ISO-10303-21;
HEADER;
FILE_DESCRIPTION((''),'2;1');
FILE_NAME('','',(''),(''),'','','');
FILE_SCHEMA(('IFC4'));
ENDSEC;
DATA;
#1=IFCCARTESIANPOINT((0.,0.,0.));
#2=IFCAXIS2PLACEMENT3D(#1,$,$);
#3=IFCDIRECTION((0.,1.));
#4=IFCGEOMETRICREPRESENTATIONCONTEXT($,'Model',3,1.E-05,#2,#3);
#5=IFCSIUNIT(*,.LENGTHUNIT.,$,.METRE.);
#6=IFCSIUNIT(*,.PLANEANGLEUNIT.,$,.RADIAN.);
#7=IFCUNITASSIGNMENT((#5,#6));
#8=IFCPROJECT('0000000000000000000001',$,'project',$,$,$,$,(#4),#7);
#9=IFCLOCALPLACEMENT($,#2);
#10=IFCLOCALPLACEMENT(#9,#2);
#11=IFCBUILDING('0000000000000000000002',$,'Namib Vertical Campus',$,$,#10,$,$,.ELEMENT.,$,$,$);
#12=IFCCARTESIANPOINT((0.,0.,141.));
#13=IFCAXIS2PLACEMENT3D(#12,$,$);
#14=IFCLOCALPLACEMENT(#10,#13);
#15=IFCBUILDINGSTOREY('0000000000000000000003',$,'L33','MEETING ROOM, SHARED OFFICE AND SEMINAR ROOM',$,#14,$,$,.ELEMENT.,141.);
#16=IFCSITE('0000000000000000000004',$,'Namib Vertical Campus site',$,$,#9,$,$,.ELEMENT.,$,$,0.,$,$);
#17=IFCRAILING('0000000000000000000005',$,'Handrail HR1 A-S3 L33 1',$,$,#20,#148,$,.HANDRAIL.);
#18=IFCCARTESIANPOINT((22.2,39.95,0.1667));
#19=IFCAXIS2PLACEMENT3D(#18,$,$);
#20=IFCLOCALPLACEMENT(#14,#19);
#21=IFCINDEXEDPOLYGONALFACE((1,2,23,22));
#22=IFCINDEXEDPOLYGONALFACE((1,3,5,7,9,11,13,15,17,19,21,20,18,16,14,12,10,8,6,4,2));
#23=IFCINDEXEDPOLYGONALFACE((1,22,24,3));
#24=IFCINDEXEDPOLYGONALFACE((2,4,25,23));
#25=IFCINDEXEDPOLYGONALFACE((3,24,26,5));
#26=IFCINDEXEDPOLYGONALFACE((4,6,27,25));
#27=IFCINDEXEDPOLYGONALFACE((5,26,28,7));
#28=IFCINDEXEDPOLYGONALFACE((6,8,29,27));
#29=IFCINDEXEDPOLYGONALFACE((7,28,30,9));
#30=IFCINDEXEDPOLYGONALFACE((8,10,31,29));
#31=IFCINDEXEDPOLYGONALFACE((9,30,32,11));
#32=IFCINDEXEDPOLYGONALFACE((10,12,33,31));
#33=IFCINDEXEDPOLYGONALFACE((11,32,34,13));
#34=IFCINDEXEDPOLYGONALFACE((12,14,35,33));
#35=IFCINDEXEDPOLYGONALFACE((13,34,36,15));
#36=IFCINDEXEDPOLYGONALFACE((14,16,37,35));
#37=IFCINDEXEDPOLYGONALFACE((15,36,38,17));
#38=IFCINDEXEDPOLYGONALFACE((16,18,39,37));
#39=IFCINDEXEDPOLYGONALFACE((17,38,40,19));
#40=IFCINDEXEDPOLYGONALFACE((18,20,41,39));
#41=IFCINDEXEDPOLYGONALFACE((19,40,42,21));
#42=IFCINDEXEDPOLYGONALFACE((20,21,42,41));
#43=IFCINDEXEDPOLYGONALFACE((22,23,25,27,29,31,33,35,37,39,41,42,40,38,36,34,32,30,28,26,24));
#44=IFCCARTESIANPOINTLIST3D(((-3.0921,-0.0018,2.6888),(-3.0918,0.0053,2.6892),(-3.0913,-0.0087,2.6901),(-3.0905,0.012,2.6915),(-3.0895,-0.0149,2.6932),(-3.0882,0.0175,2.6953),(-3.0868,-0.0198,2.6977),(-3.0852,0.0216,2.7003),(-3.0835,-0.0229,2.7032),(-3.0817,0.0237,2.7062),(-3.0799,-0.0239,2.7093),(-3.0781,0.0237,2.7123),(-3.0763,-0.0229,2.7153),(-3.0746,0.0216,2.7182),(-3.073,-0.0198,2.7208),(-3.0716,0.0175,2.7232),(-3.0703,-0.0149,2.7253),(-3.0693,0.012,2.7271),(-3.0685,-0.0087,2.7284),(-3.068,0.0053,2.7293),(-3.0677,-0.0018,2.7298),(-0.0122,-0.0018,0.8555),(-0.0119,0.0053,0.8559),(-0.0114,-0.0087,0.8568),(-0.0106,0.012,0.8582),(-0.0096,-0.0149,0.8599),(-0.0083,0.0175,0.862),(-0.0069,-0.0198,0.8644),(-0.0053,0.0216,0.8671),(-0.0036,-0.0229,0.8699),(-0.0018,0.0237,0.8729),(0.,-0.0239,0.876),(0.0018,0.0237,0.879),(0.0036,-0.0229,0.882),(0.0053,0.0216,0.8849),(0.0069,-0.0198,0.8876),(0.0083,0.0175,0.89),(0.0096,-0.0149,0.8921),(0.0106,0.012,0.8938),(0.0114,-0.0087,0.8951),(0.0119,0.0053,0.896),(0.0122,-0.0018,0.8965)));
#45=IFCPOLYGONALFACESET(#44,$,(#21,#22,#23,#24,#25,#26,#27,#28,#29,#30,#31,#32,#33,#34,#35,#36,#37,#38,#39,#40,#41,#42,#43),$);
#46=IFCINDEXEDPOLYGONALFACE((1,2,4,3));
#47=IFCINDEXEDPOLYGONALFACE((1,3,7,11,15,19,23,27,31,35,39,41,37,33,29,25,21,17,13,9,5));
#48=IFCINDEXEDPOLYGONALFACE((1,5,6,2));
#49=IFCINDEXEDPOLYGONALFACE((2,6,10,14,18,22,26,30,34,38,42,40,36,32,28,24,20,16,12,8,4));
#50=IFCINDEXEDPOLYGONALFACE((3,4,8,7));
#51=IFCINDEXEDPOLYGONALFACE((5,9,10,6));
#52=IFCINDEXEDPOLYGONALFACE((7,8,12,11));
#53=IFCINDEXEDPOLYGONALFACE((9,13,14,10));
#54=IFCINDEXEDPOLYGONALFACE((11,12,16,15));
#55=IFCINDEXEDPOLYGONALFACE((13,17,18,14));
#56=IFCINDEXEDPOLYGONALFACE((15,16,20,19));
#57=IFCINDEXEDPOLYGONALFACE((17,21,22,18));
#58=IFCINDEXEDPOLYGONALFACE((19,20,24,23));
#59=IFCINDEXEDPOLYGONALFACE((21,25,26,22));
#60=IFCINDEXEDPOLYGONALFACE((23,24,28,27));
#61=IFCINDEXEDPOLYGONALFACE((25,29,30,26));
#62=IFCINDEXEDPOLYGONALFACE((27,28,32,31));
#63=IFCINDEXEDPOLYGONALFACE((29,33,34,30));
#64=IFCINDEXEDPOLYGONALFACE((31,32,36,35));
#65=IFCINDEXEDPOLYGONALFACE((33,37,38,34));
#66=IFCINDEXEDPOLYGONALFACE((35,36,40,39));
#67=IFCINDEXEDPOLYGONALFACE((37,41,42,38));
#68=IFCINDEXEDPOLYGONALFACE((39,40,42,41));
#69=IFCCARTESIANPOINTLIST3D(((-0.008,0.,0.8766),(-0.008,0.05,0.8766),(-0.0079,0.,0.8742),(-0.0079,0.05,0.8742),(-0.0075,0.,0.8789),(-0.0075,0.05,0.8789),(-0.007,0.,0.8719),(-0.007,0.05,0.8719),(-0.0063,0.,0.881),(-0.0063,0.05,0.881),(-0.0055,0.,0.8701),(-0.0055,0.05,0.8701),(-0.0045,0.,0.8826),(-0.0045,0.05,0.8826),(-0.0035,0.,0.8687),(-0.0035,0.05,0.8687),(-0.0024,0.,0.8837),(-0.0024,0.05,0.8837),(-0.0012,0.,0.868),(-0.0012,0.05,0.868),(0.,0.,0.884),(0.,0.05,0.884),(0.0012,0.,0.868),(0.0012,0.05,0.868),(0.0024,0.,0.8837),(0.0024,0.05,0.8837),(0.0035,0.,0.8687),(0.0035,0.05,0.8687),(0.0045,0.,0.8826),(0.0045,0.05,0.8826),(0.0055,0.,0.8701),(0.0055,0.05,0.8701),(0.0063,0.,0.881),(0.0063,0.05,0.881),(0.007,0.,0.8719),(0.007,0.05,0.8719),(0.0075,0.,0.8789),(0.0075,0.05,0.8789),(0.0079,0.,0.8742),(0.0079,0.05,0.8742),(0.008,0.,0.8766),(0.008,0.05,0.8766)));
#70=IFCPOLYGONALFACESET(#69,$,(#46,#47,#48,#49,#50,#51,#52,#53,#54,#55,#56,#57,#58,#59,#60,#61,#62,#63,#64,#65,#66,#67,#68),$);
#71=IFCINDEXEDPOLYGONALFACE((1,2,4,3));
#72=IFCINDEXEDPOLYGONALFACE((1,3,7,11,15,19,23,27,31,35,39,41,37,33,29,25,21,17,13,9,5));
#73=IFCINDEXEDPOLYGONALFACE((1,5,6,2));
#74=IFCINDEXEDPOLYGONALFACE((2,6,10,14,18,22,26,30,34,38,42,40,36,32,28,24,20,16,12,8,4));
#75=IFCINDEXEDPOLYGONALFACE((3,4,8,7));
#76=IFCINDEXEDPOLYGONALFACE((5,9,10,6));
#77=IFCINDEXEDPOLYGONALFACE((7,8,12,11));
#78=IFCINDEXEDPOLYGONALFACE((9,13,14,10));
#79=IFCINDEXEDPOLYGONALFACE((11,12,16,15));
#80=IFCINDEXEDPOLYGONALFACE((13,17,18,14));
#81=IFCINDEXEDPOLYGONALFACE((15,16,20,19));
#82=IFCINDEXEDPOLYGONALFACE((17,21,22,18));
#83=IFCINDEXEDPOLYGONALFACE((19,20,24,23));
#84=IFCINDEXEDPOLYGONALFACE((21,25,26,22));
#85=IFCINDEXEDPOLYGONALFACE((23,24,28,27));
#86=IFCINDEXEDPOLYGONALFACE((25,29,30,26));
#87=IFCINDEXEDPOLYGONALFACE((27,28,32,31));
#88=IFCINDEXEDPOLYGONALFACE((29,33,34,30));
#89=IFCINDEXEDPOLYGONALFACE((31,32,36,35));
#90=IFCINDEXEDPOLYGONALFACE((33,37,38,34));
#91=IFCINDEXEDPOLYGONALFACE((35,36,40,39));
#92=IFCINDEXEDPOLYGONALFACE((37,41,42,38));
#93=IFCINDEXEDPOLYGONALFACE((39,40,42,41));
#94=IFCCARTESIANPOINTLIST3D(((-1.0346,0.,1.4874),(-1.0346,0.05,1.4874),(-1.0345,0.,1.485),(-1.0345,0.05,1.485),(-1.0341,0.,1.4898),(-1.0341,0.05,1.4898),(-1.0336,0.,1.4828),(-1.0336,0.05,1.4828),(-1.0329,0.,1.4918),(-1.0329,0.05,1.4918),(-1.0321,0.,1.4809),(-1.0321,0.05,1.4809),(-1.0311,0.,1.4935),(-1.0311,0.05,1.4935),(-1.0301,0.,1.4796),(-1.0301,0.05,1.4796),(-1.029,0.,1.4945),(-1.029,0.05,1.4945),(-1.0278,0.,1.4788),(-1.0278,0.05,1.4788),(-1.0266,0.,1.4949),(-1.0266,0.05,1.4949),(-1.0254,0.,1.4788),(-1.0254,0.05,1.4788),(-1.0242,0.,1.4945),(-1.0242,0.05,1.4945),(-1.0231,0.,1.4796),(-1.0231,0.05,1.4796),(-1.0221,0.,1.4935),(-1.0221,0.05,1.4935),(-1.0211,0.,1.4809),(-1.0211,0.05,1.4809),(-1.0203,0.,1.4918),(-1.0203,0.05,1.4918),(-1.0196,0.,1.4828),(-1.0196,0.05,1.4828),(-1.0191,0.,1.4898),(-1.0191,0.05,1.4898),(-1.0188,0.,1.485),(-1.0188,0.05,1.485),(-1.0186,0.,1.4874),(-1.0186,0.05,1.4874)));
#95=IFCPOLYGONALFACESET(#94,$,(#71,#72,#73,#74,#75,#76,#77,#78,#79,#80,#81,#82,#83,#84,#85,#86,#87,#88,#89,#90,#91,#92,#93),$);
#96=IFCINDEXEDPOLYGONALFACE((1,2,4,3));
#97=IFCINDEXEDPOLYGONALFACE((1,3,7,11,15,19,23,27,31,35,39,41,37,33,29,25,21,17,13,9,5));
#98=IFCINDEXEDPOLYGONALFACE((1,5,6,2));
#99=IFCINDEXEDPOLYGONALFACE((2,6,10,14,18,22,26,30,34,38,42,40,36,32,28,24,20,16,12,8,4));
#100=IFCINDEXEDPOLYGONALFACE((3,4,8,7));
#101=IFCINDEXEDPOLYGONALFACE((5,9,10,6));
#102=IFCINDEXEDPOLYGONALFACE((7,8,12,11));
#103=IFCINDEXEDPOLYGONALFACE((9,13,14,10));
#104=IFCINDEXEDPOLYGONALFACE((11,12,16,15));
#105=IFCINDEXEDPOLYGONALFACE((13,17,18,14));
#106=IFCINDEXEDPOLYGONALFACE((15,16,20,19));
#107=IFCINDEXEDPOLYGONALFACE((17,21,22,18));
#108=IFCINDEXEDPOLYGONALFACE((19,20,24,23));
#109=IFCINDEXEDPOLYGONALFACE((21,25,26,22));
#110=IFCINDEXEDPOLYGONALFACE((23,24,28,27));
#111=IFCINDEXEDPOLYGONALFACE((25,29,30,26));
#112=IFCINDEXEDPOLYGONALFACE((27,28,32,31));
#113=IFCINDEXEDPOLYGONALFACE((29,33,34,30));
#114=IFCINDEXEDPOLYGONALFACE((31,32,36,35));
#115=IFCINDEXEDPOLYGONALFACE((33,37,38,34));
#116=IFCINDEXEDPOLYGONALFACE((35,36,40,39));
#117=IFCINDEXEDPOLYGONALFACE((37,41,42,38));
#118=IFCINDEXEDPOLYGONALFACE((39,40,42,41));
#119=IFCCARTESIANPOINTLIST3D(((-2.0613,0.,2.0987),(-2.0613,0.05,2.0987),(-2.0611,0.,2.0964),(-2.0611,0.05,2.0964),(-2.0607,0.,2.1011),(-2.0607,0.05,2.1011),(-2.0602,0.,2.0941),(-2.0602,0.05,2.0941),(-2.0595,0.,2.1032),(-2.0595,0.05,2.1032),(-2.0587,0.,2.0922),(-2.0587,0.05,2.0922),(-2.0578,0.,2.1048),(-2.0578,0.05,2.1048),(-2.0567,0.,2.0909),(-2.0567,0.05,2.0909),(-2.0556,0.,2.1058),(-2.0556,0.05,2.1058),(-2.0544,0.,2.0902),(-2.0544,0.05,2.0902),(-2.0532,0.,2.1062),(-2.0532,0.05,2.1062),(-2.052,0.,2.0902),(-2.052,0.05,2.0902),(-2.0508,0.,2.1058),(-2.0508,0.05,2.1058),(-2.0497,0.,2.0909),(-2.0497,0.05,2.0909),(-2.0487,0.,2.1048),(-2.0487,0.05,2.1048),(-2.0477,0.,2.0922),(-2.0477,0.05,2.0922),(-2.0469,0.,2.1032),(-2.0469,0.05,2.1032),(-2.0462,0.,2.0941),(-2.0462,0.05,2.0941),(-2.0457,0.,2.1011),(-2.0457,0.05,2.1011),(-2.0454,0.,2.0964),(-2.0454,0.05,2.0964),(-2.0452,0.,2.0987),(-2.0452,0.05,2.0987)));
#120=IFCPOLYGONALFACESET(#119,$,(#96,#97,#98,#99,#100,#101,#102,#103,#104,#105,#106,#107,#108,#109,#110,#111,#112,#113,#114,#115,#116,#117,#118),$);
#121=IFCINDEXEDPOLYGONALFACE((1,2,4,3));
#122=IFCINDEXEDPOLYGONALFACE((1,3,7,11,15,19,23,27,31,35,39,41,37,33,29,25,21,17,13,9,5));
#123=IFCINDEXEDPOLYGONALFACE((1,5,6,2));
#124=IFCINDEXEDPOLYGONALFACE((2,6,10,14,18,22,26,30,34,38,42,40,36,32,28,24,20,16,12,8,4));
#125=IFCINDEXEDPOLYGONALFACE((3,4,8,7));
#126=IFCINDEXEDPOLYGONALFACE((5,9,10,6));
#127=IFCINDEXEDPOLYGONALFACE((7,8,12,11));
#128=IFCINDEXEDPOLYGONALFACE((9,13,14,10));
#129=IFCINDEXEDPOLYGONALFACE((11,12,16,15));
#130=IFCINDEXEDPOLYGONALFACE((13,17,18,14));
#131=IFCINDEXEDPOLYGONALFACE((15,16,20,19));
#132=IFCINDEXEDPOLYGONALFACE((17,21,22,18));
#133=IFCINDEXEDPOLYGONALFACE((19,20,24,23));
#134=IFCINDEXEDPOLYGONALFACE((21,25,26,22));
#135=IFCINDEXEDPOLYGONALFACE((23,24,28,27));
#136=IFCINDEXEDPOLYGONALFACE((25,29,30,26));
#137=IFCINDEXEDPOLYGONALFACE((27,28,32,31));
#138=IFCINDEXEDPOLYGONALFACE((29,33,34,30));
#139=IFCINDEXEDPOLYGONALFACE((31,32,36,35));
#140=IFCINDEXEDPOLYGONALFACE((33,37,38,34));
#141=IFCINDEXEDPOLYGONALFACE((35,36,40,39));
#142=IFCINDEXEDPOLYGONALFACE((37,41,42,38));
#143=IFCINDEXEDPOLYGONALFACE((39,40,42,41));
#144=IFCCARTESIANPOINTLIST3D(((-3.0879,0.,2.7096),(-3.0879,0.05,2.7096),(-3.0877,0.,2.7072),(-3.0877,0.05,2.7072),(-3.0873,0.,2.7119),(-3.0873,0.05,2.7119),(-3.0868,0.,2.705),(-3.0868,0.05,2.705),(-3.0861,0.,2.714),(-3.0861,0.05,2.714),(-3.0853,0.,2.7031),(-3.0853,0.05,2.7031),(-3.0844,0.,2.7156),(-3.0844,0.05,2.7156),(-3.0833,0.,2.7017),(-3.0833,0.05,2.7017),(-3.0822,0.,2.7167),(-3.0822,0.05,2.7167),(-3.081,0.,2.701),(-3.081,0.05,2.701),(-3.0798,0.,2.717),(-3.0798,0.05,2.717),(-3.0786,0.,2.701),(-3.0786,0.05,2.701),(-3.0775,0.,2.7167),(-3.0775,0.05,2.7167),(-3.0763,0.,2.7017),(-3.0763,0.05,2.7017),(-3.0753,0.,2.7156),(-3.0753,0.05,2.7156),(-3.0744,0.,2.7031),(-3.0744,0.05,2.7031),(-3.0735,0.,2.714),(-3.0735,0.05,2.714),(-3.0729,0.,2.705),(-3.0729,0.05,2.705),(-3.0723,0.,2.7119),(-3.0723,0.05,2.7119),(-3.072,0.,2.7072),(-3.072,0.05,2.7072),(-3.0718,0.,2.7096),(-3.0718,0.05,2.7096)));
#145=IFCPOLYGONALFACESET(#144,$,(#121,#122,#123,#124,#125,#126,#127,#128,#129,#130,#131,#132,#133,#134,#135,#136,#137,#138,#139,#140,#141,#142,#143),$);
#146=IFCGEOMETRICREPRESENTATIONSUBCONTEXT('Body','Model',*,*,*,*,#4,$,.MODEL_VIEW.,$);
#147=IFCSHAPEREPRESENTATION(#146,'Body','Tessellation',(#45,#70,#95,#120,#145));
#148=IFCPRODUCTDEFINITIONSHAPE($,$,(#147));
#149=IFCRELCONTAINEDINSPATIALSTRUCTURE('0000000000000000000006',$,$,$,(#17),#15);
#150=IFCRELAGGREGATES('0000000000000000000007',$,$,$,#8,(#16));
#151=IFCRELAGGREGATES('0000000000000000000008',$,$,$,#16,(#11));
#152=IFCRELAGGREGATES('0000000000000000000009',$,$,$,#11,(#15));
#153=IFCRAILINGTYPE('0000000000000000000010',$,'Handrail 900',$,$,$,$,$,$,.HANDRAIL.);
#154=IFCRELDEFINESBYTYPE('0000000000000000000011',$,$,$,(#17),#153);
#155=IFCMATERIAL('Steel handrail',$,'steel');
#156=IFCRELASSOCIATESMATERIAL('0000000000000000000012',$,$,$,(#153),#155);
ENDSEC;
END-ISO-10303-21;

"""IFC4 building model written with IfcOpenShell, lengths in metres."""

from ifc_helpers import new_model, si_unit, direction, frame, origin, origin_2d, place, context, subcontext, project, spatial, circle, extrude, material, type_object, element, save


model = new_model("IFC4")

# Units and contexts
model_context = context("Model", 3, precision=1e-05, world=origin(), true_north=direction((0.0, 1.0)))
body_context = subcontext(model_context, "Body", "Model", "MODEL_VIEW")
ifc_project = project(units=[si_unit("LENGTHUNIT", "METRE"), si_unit("PLANEANGLEUNIT", "RADIAN")], contexts=[model_context])

# Site, building, storey
site_placement = place(None, origin())
site = spatial("IfcSite", under=ifc_project, at=site_placement, Name="Namib Vertical Campus site", CompositionType="ELEMENT", RefElevation=0.0)
building_placement = place(site_placement, origin())
building = spatial("IfcBuilding", under=site, at=building_placement, Name="Namib Vertical Campus", CompositionType="ELEMENT")
storey_placement = place(building_placement, frame((0.0, 0.0, 141.0)))
storey = spatial("IfcBuildingStorey", under=building, at=storey_placement, Name="L33", Description="MEETING ROOM, SHARED OFFICE AND SEMINAR ROOM", CompositionType="ELEMENT", Elevation=141.0)

# Railing
ifc_material_1 = material(Name="Steel handrail", Category="steel")
railing_type_1 = type_object("IfcRailingType", Name="Handrail 900", PredefinedType="HANDRAIL", material=ifc_material_1)
railing_1_placement = place(storey_placement, frame((22.2, 39.95, 0.1667)))
element("IfcRailing", 1, at=railing_1_placement, inside=storey, type_object=railing_type_1, Name="Handrail HR1 A-S3 L33 1", PredefinedType="HANDRAIL", context=body_context, shape_type="SweptSolid", body=[
    extrude(circle(Radius=0.0239, at=origin_2d()), frame((0.0, 0.0, 0.876), z_axis=(-0.859291, 0.0, 0.511487), x_axis=(0.0, -1.0, 0.0)), (0.0, 0.0, 1.0), 3.5842),
    extrude(circle(Radius=0.0081, at=origin_2d()), frame((0.0, 0.0, 0.876), z_axis=(0.0, 1.0, 0.0), x_axis=(0.0, 0.0, 1.0)), (0.0, 0.0, 1.0), 0.05),
    extrude(circle(Radius=0.0081, at=origin_2d()), frame((-1.0266, 0.0, 1.4868), z_axis=(0.0, 1.0, 0.0), x_axis=(0.0, 0.0, 1.0)), (0.0, 0.0, 1.0), 0.05),
    extrude(circle(Radius=0.0081, at=origin_2d()), frame((-2.0532, 0.0, 2.0981), z_axis=(0.0, 1.0, 0.0), x_axis=(0.0, 0.0, 1.0)), (0.0, 0.0, 1.0), 0.05),
    extrude(circle(Radius=0.0081, at=origin_2d()), frame((-3.0798, 0.0, 2.709), z_axis=(0.0, 1.0, 0.0), x_axis=(0.0, 0.0, 1.0)), (0.0, 0.0, 1.0), 0.05),
])

save(model, "model.ifc")
